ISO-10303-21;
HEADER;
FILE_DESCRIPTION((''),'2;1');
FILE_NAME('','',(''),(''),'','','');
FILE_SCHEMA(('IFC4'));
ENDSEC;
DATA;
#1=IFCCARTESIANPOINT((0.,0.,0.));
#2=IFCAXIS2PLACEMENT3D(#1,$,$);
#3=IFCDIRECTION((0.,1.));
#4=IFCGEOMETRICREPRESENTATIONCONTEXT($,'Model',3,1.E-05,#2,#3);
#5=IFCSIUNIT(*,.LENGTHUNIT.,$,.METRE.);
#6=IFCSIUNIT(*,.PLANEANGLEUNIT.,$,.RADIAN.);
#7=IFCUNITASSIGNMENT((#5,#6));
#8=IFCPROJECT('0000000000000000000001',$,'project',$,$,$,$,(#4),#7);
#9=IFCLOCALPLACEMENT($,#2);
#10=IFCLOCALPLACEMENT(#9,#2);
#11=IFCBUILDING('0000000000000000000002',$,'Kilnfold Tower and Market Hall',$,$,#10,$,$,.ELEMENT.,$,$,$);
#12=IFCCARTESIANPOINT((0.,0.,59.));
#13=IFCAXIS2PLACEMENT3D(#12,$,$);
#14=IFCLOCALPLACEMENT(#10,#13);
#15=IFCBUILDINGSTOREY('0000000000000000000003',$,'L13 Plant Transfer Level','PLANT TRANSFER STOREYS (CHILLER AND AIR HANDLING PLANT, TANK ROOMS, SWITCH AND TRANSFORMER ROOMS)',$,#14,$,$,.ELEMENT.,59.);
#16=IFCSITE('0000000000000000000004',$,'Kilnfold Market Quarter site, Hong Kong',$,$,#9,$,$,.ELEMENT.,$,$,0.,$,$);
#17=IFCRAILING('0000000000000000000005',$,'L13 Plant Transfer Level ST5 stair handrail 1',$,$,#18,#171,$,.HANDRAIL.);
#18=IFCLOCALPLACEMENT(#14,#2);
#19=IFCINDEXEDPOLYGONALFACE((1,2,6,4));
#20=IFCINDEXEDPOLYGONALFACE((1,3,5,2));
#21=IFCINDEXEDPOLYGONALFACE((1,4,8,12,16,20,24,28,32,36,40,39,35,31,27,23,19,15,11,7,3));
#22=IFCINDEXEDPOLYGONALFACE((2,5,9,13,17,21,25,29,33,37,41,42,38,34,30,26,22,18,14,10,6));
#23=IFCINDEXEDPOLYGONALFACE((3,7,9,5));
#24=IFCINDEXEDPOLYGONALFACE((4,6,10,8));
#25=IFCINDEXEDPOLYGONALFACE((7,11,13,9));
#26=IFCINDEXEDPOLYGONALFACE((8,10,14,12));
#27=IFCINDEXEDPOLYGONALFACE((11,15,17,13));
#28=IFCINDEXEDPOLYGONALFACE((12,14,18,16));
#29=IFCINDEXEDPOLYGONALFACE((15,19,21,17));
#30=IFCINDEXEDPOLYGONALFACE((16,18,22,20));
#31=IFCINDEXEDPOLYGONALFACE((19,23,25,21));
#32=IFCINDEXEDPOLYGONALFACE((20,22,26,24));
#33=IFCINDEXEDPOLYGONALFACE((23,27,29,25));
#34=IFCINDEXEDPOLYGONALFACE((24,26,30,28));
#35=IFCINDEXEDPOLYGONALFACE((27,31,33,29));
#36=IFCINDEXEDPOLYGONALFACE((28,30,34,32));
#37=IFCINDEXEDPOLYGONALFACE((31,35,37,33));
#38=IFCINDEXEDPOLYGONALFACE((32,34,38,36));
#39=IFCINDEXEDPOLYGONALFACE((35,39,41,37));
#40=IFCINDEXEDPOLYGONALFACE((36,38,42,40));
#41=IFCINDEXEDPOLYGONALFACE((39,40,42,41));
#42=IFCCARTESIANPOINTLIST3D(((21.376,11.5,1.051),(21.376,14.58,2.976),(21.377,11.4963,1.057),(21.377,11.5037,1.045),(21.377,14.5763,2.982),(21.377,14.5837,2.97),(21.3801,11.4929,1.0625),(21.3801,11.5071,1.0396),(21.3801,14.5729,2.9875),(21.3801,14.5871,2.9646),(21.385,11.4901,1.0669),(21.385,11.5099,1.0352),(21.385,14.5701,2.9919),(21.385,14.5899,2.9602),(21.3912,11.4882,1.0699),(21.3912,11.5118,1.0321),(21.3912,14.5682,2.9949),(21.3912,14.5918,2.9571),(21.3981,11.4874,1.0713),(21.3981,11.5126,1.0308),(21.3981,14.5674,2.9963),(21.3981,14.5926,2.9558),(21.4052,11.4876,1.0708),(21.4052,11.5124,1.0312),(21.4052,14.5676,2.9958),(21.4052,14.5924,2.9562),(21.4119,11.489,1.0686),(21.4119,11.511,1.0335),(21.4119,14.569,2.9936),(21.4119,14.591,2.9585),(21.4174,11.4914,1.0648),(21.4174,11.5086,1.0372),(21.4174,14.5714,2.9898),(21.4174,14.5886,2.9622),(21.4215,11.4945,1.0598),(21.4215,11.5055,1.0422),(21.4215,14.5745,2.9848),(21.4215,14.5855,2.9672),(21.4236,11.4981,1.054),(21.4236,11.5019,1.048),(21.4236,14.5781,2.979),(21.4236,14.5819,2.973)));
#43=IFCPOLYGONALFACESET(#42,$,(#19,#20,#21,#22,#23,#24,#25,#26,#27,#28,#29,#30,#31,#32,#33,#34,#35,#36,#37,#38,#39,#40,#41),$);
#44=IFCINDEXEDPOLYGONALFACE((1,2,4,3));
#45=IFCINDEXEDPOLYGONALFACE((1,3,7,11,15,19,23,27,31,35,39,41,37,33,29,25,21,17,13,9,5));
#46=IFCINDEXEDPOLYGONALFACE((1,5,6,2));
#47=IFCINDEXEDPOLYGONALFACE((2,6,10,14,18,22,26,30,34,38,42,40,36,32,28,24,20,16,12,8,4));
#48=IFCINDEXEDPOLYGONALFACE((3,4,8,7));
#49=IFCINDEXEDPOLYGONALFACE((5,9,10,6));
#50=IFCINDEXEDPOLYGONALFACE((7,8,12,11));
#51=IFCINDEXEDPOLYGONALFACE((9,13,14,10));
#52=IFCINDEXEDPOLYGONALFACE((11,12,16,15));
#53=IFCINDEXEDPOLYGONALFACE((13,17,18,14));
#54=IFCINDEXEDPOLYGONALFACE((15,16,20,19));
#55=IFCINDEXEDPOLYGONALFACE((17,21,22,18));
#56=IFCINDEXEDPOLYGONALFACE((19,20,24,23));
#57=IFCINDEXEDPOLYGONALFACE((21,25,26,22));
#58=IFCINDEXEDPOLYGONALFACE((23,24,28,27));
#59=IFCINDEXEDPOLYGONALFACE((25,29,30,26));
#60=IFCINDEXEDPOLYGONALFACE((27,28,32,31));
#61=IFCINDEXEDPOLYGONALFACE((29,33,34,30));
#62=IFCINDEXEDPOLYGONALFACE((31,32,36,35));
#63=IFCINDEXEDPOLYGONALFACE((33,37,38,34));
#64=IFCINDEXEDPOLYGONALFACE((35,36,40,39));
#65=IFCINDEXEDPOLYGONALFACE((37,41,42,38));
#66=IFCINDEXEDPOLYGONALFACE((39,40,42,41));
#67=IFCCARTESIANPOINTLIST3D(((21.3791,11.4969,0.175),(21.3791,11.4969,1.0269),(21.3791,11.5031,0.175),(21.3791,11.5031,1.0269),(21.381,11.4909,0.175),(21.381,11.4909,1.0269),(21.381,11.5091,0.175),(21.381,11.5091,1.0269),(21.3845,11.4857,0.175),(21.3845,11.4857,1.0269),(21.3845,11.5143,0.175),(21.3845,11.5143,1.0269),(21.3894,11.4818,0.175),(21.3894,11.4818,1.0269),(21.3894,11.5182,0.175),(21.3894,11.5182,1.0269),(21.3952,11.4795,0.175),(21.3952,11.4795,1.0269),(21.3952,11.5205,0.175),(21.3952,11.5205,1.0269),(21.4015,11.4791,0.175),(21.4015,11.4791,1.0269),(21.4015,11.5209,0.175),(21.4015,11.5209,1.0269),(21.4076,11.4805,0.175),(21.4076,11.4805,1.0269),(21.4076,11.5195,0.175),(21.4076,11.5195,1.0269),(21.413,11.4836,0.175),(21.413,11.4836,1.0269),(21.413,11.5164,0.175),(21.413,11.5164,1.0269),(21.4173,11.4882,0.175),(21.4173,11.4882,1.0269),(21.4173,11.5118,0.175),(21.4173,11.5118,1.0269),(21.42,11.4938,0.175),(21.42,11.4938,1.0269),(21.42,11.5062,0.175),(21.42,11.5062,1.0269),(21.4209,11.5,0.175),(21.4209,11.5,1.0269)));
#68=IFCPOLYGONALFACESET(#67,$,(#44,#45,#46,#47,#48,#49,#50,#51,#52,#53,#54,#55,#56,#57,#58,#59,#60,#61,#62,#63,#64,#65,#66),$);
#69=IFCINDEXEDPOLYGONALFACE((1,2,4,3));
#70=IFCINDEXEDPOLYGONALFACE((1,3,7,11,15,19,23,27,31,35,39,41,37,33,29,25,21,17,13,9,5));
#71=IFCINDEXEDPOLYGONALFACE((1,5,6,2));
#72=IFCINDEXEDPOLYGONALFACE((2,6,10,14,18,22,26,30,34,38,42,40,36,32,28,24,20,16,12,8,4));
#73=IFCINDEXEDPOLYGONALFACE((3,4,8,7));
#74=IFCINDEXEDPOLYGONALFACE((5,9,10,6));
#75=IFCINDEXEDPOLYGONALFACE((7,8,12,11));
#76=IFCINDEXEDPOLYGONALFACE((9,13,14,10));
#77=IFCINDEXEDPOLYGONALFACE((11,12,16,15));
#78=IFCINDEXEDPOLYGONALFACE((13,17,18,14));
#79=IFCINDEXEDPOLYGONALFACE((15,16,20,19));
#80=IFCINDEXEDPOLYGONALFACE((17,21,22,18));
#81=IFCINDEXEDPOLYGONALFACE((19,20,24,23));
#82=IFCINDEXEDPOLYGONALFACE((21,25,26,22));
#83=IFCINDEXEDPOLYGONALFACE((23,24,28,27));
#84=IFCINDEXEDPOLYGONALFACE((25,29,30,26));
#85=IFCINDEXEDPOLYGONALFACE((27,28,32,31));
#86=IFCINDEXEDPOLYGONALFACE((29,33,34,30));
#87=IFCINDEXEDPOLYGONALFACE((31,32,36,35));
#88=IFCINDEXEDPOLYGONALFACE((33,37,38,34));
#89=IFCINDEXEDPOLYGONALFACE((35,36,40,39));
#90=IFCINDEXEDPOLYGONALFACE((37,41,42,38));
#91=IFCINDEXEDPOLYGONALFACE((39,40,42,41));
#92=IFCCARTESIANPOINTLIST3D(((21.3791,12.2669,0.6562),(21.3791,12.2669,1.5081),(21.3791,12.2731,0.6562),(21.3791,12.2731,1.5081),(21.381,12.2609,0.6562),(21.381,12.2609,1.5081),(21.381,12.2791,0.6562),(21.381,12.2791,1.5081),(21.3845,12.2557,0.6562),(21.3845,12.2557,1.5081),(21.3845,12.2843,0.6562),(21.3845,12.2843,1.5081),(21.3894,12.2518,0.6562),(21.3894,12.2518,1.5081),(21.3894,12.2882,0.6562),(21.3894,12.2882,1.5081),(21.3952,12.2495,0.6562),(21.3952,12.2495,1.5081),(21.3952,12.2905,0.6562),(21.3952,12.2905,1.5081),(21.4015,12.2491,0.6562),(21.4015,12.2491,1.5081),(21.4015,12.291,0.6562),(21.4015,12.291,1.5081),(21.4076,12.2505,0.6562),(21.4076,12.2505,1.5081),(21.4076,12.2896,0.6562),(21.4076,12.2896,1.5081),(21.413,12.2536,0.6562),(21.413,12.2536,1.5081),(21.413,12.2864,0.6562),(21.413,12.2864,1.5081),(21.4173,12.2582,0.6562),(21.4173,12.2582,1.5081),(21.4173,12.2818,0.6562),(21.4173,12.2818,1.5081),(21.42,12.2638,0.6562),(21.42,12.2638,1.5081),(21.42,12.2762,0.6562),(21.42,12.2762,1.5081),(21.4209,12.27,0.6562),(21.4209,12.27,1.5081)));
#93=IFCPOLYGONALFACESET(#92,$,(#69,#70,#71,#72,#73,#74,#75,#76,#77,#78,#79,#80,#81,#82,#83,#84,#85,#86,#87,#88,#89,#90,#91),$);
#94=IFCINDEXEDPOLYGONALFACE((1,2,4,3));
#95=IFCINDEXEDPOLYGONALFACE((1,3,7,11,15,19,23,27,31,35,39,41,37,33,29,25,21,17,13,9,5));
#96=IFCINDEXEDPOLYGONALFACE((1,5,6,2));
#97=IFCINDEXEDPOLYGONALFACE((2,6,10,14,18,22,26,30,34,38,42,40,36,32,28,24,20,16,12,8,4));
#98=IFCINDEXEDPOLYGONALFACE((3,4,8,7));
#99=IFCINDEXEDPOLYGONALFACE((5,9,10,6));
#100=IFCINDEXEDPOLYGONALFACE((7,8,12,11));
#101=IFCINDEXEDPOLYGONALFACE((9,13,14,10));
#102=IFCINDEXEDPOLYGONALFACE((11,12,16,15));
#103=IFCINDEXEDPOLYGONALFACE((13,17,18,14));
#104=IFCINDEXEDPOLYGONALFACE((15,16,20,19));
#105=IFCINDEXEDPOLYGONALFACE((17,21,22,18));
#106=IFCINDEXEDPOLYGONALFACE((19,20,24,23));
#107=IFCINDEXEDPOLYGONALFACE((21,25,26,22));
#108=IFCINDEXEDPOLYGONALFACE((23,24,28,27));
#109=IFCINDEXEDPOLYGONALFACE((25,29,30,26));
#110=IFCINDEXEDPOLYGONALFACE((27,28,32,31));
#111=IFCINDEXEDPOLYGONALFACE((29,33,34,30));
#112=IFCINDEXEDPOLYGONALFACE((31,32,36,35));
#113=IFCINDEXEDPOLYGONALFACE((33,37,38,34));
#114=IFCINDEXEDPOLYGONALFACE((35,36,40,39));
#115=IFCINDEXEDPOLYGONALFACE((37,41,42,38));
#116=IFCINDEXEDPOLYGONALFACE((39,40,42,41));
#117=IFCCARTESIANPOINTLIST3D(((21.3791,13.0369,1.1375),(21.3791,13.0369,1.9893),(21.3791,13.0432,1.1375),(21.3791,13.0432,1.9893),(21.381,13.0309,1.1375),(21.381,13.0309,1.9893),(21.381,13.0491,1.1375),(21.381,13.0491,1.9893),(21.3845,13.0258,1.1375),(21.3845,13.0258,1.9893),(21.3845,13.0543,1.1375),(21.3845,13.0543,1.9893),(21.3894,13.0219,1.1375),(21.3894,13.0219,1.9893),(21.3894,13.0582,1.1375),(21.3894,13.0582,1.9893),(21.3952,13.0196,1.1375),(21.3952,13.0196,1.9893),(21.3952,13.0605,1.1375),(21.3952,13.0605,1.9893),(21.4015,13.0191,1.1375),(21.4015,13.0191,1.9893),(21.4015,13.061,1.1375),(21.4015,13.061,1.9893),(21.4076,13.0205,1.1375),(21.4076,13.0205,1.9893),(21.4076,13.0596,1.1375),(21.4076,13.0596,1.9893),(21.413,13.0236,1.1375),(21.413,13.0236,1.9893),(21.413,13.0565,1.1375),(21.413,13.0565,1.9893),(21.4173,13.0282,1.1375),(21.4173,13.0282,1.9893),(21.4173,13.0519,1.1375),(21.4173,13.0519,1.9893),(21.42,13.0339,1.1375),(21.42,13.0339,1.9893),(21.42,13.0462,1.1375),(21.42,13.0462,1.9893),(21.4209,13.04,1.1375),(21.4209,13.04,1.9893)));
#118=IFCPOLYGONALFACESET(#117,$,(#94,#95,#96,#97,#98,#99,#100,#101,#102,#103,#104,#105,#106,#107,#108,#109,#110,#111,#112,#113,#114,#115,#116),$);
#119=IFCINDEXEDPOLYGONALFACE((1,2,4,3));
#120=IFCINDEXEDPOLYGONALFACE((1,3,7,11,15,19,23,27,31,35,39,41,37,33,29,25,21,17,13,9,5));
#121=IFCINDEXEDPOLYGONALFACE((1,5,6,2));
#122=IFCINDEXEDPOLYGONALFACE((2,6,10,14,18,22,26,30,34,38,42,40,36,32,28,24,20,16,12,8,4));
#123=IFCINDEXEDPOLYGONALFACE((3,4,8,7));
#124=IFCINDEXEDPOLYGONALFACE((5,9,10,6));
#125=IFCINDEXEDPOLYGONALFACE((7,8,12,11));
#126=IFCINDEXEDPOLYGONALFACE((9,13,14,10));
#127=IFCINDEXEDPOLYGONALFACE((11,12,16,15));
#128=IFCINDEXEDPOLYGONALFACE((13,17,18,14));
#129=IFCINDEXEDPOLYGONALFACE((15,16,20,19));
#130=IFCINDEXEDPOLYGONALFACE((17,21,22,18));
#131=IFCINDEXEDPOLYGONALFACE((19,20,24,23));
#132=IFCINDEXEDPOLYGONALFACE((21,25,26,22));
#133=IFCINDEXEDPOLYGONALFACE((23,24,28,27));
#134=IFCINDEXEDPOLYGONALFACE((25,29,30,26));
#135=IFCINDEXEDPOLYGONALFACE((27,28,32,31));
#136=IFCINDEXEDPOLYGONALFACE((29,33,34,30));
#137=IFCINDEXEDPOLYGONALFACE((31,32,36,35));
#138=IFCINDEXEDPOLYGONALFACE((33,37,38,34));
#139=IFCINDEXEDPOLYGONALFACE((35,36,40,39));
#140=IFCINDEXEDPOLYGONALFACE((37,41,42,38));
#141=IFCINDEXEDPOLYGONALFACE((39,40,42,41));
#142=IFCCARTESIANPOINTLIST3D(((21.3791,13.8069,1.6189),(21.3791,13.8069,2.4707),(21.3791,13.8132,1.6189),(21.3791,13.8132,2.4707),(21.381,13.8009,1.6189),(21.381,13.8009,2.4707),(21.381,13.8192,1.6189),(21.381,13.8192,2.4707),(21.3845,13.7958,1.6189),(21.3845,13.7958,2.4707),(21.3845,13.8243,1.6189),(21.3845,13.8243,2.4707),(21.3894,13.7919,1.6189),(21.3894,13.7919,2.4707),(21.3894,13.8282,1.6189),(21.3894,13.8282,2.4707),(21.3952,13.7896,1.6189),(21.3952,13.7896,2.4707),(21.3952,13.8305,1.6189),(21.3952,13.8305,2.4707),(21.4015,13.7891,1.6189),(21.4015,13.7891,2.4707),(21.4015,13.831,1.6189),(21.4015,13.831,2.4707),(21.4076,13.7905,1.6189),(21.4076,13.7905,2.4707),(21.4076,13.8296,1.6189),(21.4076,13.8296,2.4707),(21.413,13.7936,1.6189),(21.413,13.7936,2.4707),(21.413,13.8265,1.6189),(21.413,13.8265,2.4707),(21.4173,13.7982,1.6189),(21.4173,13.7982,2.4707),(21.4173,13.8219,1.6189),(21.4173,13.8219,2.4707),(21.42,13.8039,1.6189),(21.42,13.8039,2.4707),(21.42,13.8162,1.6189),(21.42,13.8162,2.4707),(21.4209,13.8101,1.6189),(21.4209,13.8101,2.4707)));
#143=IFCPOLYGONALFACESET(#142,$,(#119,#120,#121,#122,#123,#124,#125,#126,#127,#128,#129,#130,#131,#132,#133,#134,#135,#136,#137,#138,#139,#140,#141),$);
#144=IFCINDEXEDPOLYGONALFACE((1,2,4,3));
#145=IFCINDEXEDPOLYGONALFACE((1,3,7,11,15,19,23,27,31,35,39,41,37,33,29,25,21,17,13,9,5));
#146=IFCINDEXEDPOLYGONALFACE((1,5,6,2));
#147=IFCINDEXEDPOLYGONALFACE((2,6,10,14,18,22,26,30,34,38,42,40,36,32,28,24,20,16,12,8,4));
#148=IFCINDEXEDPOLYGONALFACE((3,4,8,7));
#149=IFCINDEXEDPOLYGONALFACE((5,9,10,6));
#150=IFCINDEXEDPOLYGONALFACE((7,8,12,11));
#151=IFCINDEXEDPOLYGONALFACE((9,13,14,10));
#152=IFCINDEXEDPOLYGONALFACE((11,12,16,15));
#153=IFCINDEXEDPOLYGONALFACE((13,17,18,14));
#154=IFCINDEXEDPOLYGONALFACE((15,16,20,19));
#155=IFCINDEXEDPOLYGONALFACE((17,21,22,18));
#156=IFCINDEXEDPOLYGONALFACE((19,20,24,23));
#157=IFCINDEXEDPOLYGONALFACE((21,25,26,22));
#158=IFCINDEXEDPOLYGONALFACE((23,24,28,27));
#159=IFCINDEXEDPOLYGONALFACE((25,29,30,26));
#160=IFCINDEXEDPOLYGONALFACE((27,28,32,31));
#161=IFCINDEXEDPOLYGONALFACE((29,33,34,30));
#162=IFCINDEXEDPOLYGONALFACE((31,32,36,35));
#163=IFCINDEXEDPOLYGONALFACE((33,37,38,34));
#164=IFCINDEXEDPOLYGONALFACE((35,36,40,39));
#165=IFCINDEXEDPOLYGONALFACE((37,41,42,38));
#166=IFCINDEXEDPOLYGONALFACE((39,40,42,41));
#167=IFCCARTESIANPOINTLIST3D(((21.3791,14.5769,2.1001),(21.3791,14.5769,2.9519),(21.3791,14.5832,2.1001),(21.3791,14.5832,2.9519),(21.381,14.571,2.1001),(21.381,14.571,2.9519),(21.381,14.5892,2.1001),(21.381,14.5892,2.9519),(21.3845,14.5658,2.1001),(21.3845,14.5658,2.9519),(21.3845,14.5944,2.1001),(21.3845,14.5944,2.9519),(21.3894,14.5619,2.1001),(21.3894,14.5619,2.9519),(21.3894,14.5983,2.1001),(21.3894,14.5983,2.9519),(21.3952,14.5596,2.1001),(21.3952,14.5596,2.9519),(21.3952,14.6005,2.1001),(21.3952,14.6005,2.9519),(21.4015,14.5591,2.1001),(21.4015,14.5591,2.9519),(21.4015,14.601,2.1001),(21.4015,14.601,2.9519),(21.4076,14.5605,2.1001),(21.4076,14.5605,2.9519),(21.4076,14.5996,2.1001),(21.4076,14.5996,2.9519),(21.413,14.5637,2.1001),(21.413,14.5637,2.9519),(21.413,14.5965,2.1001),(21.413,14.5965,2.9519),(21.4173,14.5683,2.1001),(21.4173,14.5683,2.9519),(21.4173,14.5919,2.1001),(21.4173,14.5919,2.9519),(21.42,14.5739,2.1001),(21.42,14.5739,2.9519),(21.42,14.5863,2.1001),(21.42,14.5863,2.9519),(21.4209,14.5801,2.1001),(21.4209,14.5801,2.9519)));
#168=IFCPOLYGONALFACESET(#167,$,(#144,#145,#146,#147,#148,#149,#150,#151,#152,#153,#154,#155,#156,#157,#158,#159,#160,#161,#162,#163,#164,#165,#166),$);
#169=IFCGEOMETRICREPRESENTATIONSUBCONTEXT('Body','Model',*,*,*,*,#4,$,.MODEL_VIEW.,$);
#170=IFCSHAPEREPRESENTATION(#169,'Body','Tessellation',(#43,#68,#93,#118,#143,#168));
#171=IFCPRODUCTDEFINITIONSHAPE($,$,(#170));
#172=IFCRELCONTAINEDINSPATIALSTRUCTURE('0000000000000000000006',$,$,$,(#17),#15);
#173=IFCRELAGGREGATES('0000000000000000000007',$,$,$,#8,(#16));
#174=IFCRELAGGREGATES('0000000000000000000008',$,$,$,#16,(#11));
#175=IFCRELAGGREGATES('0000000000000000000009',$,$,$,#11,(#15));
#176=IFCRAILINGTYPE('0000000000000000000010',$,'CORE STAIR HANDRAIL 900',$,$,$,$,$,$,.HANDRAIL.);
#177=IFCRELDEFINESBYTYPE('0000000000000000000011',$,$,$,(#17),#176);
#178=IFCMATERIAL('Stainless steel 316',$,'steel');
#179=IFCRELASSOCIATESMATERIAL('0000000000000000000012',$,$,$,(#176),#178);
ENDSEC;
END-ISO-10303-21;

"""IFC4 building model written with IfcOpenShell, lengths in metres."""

from ifc_helpers import new_model, si_unit, direction, frame, origin, origin_2d, place, context, subcontext, project, spatial, circle, extrude, material, type_object, element, save


model = new_model("IFC4")

# Units and contexts
model_context = context("Model", 3, precision=1e-05, world=origin(), true_north=direction((0.0, 1.0)))
body_context = subcontext(model_context, "Body", "Model", "MODEL_VIEW")
ifc_project = project(units=[si_unit("LENGTHUNIT", "METRE"), si_unit("PLANEANGLEUNIT", "RADIAN")], contexts=[model_context])

# Site, building, storey
site_placement = place(None, origin())
site = spatial("IfcSite", under=ifc_project, at=site_placement, Name="Kilnfold Market Quarter site, Hong Kong", CompositionType="ELEMENT", RefElevation=0.0)
building_placement = place(site_placement, origin())
building = spatial("IfcBuilding", under=site, at=building_placement, Name="Kilnfold Tower and Market Hall", CompositionType="ELEMENT")
storey_placement = place(building_placement, frame((0.0, 0.0, 59.0)))
storey = spatial("IfcBuildingStorey", under=building, at=storey_placement, Name="L13 Plant Transfer Level", Description="PLANT TRANSFER STOREYS (CHILLER AND AIR HANDLING PLANT, TANK ROOMS, SWITCH AND TRANSFORMER ROOMS)", CompositionType="ELEMENT", Elevation=59.0)

# Railing
ifc_material_1 = material(Name="Stainless steel 316", Category="steel")
railing_type_1 = type_object("IfcRailingType", Name="CORE STAIR HANDRAIL 900", PredefinedType="HANDRAIL", material=ifc_material_1)
railing_1_placement = place(storey_placement, frame((21.3999, 11.5, 0.175)))
element("IfcRailing", 1, at=railing_1_placement, inside=storey, type_object=railing_type_1, Name="L13 Plant Transfer Level ST5 stair handrail 1", PredefinedType="HANDRAIL", context=body_context, shape_type="SweptSolid", body=[
    extrude(circle(Radius=0.0239, at=origin_2d()), frame((0.0, 0.0, 0.876), z_axis=(0.0, 0.847998, 0.529999), x_axis=(-1.0, 0.0, 0.0)), (0.0, 0.0, 1.0), 3.6321),
    extrude(circle(Radius=0.021, at=origin_2d()), origin(), (0.0, 0.0, 1.0), 0.8518),
    extrude(circle(Radius=0.021, at=origin_2d()), frame((0.0, 0.77, 0.4812)), (0.0, 0.0, 1.0), 0.8518),
    extrude(circle(Radius=0.021, at=origin_2d()), frame((0.0, 1.54, 0.9624)), (0.0, 0.0, 1.0), 0.8518),
    extrude(circle(Radius=0.021, at=origin_2d()), frame((0.0, 2.3101, 1.4438)), (0.0, 0.0, 1.0), 0.8518),
    extrude(circle(Radius=0.021, at=origin_2d()), frame((0.0, 3.0801, 1.925)), (0.0, 0.0, 1.0), 0.8518),
])

save(model, "model.ifc")
